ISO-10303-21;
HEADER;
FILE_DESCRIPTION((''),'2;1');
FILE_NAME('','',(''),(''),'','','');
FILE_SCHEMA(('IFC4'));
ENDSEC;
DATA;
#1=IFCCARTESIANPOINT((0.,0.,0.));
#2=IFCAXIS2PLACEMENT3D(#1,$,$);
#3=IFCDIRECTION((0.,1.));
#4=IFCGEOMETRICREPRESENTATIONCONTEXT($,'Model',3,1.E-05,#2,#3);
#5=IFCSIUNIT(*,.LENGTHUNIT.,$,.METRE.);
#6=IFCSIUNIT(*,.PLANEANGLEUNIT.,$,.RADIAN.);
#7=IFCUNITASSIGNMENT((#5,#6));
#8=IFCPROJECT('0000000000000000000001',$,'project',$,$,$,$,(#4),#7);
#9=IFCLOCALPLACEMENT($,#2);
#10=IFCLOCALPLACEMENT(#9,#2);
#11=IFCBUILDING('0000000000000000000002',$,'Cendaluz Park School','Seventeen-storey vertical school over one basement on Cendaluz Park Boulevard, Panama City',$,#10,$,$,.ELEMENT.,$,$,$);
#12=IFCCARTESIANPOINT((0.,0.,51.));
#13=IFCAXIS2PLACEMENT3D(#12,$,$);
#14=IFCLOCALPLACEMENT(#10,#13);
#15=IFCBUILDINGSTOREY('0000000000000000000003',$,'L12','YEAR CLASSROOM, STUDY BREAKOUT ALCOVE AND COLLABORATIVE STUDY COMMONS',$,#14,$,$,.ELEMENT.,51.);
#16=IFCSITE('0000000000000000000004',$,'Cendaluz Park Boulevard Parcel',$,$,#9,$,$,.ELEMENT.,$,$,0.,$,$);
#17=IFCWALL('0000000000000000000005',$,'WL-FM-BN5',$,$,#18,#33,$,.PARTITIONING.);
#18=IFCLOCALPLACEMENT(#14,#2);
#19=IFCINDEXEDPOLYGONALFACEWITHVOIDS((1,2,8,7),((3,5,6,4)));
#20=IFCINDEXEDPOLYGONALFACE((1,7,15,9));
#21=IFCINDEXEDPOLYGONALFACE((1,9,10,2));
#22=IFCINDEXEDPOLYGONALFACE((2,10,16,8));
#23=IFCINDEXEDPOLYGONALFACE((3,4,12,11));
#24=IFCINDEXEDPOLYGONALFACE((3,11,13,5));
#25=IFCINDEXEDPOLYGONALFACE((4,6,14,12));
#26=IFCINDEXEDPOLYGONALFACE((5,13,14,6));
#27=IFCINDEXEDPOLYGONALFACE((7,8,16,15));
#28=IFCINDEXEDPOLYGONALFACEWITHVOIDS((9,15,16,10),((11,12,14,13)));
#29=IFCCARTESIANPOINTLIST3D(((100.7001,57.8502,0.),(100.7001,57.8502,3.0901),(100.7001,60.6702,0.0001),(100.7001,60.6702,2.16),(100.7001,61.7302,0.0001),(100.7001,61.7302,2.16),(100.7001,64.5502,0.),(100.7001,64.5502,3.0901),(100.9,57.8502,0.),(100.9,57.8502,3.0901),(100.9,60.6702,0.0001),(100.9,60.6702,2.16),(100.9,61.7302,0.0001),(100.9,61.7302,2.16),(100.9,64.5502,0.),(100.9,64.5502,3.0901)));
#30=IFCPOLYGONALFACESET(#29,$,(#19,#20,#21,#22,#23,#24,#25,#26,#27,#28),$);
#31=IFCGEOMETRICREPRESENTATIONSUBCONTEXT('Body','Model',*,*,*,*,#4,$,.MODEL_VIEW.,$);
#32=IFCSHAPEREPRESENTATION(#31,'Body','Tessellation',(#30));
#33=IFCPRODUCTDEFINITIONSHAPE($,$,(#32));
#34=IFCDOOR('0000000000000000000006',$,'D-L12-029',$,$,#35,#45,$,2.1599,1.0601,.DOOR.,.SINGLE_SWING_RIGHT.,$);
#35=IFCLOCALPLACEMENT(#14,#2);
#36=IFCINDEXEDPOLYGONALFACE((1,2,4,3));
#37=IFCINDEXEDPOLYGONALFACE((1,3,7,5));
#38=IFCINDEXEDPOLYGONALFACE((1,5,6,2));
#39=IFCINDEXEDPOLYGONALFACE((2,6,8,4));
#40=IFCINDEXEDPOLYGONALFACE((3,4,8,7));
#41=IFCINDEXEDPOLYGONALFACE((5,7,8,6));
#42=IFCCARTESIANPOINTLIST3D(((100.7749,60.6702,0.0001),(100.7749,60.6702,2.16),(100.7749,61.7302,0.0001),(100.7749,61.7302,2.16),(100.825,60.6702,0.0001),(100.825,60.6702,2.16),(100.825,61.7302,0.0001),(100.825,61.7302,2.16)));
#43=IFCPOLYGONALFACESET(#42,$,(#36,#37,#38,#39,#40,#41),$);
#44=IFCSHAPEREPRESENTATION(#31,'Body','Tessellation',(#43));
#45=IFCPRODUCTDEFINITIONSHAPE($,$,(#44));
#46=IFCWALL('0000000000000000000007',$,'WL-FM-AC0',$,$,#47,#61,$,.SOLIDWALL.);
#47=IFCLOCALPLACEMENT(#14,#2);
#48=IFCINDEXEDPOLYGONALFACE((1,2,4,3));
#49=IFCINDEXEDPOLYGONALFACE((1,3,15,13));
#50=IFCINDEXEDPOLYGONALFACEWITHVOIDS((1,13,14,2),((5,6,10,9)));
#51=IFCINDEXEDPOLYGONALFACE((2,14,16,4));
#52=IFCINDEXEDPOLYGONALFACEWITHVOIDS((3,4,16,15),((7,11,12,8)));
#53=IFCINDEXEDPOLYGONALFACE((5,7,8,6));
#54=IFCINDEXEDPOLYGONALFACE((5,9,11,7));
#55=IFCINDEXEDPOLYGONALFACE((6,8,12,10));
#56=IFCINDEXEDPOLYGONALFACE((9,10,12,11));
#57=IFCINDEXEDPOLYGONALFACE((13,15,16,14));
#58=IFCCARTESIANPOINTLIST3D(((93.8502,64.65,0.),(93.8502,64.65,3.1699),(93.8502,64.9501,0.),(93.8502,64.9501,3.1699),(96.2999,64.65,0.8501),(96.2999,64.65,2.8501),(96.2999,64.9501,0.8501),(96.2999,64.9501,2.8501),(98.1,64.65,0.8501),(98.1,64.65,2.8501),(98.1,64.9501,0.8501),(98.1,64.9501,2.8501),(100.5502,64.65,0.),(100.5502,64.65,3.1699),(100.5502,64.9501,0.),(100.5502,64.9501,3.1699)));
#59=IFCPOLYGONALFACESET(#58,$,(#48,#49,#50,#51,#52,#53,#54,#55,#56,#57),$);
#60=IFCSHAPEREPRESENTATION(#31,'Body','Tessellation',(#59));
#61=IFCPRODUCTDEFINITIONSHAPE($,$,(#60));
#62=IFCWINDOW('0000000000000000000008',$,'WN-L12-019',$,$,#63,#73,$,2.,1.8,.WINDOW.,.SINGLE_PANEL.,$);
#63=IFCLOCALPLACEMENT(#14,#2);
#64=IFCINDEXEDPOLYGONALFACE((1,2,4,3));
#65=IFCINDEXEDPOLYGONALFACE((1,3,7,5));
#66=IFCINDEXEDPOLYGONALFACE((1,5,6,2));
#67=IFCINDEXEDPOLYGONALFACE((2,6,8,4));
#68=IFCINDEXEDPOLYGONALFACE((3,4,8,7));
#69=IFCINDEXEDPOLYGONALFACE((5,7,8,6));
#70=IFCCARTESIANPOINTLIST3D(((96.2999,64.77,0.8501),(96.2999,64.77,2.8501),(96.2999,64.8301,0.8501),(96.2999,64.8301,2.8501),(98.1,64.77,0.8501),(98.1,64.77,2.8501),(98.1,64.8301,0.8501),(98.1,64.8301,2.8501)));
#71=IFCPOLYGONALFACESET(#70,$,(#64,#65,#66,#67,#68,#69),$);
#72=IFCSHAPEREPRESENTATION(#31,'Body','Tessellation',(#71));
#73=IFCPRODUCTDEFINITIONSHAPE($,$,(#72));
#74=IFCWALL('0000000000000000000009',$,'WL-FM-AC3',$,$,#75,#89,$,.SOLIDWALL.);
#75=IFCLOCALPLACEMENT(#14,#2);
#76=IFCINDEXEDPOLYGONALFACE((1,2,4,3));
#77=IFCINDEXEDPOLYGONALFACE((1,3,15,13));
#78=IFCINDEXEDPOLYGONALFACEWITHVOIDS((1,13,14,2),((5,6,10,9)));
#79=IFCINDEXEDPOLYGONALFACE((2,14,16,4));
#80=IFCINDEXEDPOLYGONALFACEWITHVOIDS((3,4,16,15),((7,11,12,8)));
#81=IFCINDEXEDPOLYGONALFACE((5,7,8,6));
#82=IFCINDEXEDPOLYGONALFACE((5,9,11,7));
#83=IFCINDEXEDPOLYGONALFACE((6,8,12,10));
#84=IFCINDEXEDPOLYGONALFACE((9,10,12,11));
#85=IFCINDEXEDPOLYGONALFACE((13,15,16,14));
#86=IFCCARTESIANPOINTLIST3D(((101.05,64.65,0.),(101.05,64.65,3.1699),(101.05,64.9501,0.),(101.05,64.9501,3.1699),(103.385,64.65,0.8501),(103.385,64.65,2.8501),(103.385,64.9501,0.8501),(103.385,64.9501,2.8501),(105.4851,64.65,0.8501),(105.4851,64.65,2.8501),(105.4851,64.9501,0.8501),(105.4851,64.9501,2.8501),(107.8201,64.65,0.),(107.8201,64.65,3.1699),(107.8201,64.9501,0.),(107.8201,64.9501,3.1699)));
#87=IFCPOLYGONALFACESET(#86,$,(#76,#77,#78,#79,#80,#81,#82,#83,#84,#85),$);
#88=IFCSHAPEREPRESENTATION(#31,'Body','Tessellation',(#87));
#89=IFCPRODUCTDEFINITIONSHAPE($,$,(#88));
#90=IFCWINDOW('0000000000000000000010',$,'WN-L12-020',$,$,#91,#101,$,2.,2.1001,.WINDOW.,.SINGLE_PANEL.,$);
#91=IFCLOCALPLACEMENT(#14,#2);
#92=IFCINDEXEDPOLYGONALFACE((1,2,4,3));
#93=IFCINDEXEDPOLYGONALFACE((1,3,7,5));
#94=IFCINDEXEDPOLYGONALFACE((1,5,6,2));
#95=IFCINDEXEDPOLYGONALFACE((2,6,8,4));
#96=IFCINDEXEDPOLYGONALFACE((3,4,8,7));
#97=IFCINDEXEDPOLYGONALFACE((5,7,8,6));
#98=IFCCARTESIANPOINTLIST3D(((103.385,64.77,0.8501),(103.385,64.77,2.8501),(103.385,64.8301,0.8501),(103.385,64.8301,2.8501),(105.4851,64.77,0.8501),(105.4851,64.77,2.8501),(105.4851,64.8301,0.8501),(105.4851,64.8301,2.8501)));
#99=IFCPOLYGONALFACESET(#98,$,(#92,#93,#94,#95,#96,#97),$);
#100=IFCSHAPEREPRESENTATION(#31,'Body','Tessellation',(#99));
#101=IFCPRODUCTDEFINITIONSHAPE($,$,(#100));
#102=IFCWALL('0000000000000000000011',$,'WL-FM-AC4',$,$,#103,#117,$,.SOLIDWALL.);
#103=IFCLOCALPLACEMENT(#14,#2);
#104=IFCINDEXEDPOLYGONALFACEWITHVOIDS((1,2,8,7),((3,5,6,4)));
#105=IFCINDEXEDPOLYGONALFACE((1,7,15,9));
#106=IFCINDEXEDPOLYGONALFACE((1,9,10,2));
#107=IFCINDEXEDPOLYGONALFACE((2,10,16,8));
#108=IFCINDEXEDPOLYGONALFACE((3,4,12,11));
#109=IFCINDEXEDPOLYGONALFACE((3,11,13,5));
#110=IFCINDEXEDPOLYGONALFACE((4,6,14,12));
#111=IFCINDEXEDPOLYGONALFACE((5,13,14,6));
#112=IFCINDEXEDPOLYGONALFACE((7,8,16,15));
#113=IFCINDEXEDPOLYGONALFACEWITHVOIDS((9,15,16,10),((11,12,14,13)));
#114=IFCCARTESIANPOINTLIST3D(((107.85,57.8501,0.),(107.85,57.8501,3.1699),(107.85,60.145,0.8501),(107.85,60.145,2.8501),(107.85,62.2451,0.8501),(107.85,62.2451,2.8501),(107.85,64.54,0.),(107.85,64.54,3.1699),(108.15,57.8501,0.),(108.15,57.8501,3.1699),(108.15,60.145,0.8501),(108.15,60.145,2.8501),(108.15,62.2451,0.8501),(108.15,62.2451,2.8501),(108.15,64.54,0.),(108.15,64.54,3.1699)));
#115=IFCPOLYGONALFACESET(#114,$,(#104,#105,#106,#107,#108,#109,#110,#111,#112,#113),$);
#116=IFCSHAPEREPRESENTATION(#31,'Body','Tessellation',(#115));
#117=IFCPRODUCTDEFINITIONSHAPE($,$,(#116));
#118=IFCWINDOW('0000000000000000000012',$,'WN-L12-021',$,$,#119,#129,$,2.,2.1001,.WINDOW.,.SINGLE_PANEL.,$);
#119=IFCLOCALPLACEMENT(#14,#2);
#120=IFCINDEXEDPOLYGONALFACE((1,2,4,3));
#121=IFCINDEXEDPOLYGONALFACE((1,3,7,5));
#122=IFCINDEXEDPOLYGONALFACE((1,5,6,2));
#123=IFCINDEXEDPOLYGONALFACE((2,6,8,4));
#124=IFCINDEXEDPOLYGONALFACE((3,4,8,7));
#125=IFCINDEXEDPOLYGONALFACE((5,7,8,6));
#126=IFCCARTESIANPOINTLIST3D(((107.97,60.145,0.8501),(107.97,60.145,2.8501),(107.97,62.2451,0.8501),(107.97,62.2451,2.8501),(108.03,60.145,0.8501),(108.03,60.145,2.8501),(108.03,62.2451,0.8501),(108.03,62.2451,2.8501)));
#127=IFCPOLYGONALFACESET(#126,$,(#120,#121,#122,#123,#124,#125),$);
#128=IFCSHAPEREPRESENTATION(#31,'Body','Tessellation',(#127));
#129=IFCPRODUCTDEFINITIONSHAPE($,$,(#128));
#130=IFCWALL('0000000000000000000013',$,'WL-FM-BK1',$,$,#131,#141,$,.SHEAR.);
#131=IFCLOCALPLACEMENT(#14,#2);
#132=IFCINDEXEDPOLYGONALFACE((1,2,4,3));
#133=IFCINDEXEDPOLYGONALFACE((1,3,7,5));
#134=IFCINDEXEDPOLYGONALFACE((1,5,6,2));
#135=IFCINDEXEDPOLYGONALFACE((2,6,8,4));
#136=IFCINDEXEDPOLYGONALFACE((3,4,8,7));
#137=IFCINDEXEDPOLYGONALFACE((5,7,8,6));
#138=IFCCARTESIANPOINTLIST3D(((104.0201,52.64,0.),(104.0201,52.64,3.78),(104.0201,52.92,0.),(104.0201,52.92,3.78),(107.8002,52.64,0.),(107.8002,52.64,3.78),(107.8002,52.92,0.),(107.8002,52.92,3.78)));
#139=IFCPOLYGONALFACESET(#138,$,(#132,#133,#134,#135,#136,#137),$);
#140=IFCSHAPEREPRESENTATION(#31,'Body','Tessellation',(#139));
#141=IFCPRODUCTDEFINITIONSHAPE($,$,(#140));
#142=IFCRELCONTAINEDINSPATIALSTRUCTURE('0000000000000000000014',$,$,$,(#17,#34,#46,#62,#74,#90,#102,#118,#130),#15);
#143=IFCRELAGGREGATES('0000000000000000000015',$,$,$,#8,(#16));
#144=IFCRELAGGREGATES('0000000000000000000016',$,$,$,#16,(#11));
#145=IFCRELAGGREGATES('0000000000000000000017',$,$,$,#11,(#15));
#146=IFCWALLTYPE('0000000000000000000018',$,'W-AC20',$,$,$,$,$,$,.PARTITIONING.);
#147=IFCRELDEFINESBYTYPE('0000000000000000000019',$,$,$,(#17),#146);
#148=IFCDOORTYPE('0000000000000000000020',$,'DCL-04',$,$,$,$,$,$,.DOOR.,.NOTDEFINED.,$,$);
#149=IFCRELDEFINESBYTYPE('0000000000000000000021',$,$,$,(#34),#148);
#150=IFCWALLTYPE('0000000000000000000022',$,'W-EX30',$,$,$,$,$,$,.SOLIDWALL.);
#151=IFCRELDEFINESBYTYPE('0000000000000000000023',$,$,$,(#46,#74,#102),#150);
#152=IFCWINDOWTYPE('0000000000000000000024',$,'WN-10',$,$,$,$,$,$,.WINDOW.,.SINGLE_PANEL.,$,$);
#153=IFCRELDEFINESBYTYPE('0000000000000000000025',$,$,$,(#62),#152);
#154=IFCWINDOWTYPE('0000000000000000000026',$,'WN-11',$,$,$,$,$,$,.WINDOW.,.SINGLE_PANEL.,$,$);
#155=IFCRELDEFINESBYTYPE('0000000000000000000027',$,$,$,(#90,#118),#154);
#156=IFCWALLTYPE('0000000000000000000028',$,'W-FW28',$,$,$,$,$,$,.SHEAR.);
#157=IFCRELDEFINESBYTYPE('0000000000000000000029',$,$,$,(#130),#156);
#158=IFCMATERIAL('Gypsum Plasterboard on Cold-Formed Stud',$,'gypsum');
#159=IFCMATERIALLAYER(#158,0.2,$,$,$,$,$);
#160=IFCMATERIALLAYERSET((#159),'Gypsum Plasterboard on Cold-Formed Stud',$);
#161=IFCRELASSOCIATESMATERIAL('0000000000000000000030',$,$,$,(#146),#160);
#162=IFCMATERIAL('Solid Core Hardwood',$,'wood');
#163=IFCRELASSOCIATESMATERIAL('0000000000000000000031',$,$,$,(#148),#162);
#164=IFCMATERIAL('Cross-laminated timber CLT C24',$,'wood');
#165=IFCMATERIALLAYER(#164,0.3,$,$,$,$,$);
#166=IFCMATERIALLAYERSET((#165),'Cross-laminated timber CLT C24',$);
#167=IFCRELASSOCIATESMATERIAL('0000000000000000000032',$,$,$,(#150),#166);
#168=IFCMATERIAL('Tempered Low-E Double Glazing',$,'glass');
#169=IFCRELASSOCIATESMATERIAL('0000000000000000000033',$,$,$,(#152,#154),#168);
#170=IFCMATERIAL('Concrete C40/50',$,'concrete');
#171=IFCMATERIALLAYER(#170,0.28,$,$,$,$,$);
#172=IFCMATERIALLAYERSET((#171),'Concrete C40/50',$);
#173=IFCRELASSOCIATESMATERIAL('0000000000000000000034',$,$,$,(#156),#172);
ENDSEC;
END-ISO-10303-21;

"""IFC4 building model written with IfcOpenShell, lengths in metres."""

from ifc_helpers import new_model, si_unit, direction, frame, frame_2d, origin, place, context, subcontext, project, spatial, rectangle, extrude, material, layer, layer_set, type_object, element, fill, save


model = new_model("IFC4")

# Units and contexts
model_context = context("Model", 3, precision=1e-05, world=origin(), true_north=direction((0.0, 1.0)))
body_context = subcontext(model_context, "Body", "Model", "MODEL_VIEW")
ifc_project = project(units=[si_unit("LENGTHUNIT", "METRE"), si_unit("PLANEANGLEUNIT", "RADIAN")], contexts=[model_context])

# Site, building, storey
site_placement = place(None, origin())
site = spatial("IfcSite", under=ifc_project, at=site_placement, Name="Cendaluz Park Boulevard Parcel", CompositionType="ELEMENT", RefElevation=0.0)
building_placement = place(site_placement, origin())
building = spatial("IfcBuilding", under=site, at=building_placement, Name="Cendaluz Park School", Description="Seventeen-storey vertical school over one basement on Cendaluz Park Boulevard, Panama City", CompositionType="ELEMENT")
storey_placement = place(building_placement, frame((0.0, 0.0, 51.0)))
storey = spatial("IfcBuildingStorey", under=building, at=storey_placement, Name="L12", Description="YEAR CLASSROOM, STUDY BREAKOUT ALCOVE AND COLLABORATIVE STUDY COMMONS", CompositionType="ELEMENT", Elevation=51.0)

# Wall, opening, door
ifc_material_1 = material(Name="Gypsum Plasterboard on Cold-Formed Stud", Category="gypsum")
ifc_layer_1 = layer(ifc_material_1, 0.2)
ifc_layer_set_1 = layer_set([ifc_layer_1], Name="Gypsum Plasterboard on Cold-Formed Stud")
wall_type_1 = type_object("IfcWallType", Name="W-AC20", PredefinedType="PARTITIONING", material=ifc_layer_set_1)
wall_1_placement = place(storey_placement, frame((100.8, 57.8501, 0.0), z_axis=(0.0, 0.0, 1.0), x_axis=(0.0, 1.0, 0.0)))
wall_1 = element("IfcWall", 1, at=wall_1_placement, inside=storey, type_object=wall_type_1, Name="WL-FM-BN5", PredefinedType="PARTITIONING", context=body_context, shape_type="SweptSolid", body=[
    extrude(rectangle(XDim=6.7, YDim=0.2, at=frame_2d((3.3501, 0.0))), origin(), (0.0, 0.0, 1.0), 3.0901),
])
opening_1_placement = place(wall_1_placement, frame((2.8201, 0.0, 0.0)))
opening_1 = element("IfcOpeningElement", 2, at=opening_1_placement, cuts=wall_1, PredefinedType="OPENING", context=body_context, shape_type="SweptSolid", body=[
    extrude(rectangle(XDim=1.0601, YDim=2.1599, at=frame_2d((0.53, 1.0801))), frame((0.0, 0.1121, 0.0), z_axis=(0.0, -1.0, 0.0), x_axis=(1.0, 0.0, 0.0)), (0.0, 0.0, 1.0), 0.2239),
])
ifc_material_2 = material(Name="Solid Core Hardwood", Category="wood")
door_type_1 = type_object("IfcDoorType", Name="DCL-04", OperationType="NOTDEFINED", PredefinedType="DOOR", material=ifc_material_2)
door_1_placement = place(opening_1_placement, frame((1.0601, 0.0, 0.0), z_axis=(0.0, 0.0, 1.0), x_axis=(-1.0, 0.0, 0.0)))
door_1 = element("IfcDoor", 3, at=door_1_placement, inside=storey, type_object=door_type_1, Name="D-L12-029", OperationType="SINGLE_SWING_RIGHT", OverallHeight=2.1599, OverallWidth=1.0601, PredefinedType="DOOR", context=body_context, shape_type="SweptSolid", body=[
    extrude(rectangle(XDim=1.0601, YDim=2.1599, at=frame_2d((0.53, 1.0801))), frame((0.0, 0.0249, 0.0), z_axis=(0.0, -1.0, 0.0), x_axis=(1.0, 0.0, 0.0)), (0.0, 0.0, 1.0), 0.05),
])
fill(opening_1, door_1)

# Walls, openings, windows
ifc_material_3 = material(Name="Cross-laminated timber CLT C24", Category="wood")
ifc_layer_2 = layer(ifc_material_3, 0.3)
ifc_layer_set_2 = layer_set([ifc_layer_2], Name="Cross-laminated timber CLT C24")
wall_type_2 = type_object("IfcWallType", Name="W-EX30", PredefinedType="SOLIDWALL", material=ifc_layer_set_2)
wall_2_placement = place(storey_placement, frame((93.8501, 64.8, 0.0), z_axis=(0.0, 0.0, 1.0), x_axis=(1.0, 0.0, 0.0)))
wall_2 = element("IfcWall", 4, at=wall_2_placement, inside=storey, type_object=wall_type_2, Name="WL-FM-AC0", PredefinedType="SOLIDWALL", context=body_context, shape_type="SweptSolid", body=[
    extrude(rectangle(XDim=6.7, YDim=0.3, at=frame_2d((3.3501, 0.0))), origin(), (0.0, 0.0, 1.0), 3.1699),
])
opening_2_placement = place(wall_2_placement, frame((2.45, 0.0, 0.8501)))
opening_2 = element("IfcOpeningElement", 5, at=opening_2_placement, cuts=wall_2, PredefinedType="OPENING", context=body_context, shape_type="SweptSolid", body=[
    extrude(rectangle(XDim=1.8, YDim=2.0, at=frame_2d((0.8999, 1.0))), frame((0.0, 0.1621, 0.0), z_axis=(0.0, -1.0, 0.0), x_axis=(1.0, 0.0, 0.0)), (0.0, 0.0, 1.0), 0.324),
])
ifc_material_4 = material(Name="Tempered Low-E Double Glazing", Category="glass")
window_type_1 = type_object("IfcWindowType", Name="WN-10", PartitioningType="SINGLE_PANEL", PredefinedType="WINDOW", material=ifc_material_4)
window_1_placement = place(opening_2_placement, origin())
window_1 = element("IfcWindow", 6, at=window_1_placement, inside=storey, type_object=window_type_1, Name="WN-L12-019", OverallHeight=2.0, OverallWidth=1.8, PartitioningType="SINGLE_PANEL", PredefinedType="WINDOW", context=body_context, shape_type="SweptSolid", body=[
    extrude(rectangle(XDim=1.8, YDim=2.0, at=frame_2d((0.8999, 1.0))), frame((0.0, 0.03, 0.0), z_axis=(0.0, -1.0, 0.0), x_axis=(1.0, 0.0, 0.0)), (0.0, 0.0, 1.0), 0.0601),
])
fill(opening_2, window_1)
wall_3_placement = place(storey_placement, frame((101.05, 64.8, 0.0), z_axis=(0.0, 0.0, 1.0), x_axis=(1.0, 0.0, 0.0)))
wall_3 = element("IfcWall", 7, at=wall_3_placement, inside=storey, type_object=wall_type_2, Name="WL-FM-AC3", PredefinedType="SOLIDWALL", context=body_context, shape_type="SweptSolid", body=[
    extrude(rectangle(XDim=6.77, YDim=0.3, at=frame_2d((3.385, 0.0))), origin(), (0.0, 0.0, 1.0), 3.1699),
])
opening_3_placement = place(wall_3_placement, frame((2.335, 0.0, 0.8501)))
opening_3 = element("IfcOpeningElement", 8, at=opening_3_placement, cuts=wall_3, PredefinedType="OPENING", context=body_context, shape_type="SweptSolid", body=[
    extrude(rectangle(XDim=2.1001, YDim=2.0, at=frame_2d((1.05, 1.0))), frame((0.0, 0.1621, 0.0), z_axis=(0.0, -1.0, 0.0), x_axis=(1.0, 0.0, 0.0)), (0.0, 0.0, 1.0), 0.324),
])
window_type_2 = type_object("IfcWindowType", Name="WN-11", PartitioningType="SINGLE_PANEL", PredefinedType="WINDOW", material=ifc_material_4)
window_2_placement = place(opening_3_placement, origin())
window_2 = element("IfcWindow", 9, at=window_2_placement, inside=storey, type_object=window_type_2, Name="WN-L12-020", OverallHeight=2.0, OverallWidth=2.1001, PartitioningType="SINGLE_PANEL", PredefinedType="WINDOW", context=body_context, shape_type="SweptSolid", body=[
    extrude(rectangle(XDim=2.1001, YDim=2.0, at=frame_2d((1.05, 1.0))), frame((0.0, 0.03, 0.0), z_axis=(0.0, -1.0, 0.0), x_axis=(1.0, 0.0, 0.0)), (0.0, 0.0, 1.0), 0.0601),
])
fill(opening_3, window_2)
wall_4_placement = place(storey_placement, frame((108.0, 57.8501, 0.0), z_axis=(0.0, 0.0, 1.0), x_axis=(0.0, 1.0, 0.0)))
wall_4 = element("IfcWall", 10, at=wall_4_placement, inside=storey, type_object=wall_type_2, Name="WL-FM-AC4", PredefinedType="SOLIDWALL", context=body_context, shape_type="SweptSolid", body=[
    extrude(rectangle(XDim=6.6899, YDim=0.3, at=frame_2d((3.345, 0.0))), origin(), (0.0, 0.0, 1.0), 3.1699),
])
opening_4_placement = place(wall_4_placement, frame((2.2949, 0.0, 0.8501)))
opening_4 = element("IfcOpeningElement", 11, at=opening_4_placement, cuts=wall_4, PredefinedType="OPENING", context=body_context, shape_type="SweptSolid", body=[
    extrude(rectangle(XDim=2.1001, YDim=2.0, at=frame_2d((1.05, 1.0))), frame((0.0, 0.1621, 0.0), z_axis=(0.0, -1.0, 0.0), x_axis=(1.0, 0.0, 0.0)), (0.0, 0.0, 1.0), 0.324),
])
window_3_placement = place(opening_4_placement, origin())
window_3 = element("IfcWindow", 12, at=window_3_placement, inside=storey, type_object=window_type_2, Name="WN-L12-021", OverallHeight=2.0, OverallWidth=2.1001, PartitioningType="SINGLE_PANEL", PredefinedType="WINDOW", context=body_context, shape_type="SweptSolid", body=[
    extrude(rectangle(XDim=2.1001, YDim=2.0, at=frame_2d((1.05, 1.0))), frame((0.0, 0.03, 0.0), z_axis=(0.0, -1.0, 0.0), x_axis=(1.0, 0.0, 0.0)), (0.0, 0.0, 1.0), 0.0601),
])
fill(opening_4, window_3)

# Wall
ifc_material_5 = material(Name="Concrete C40/50", Category="concrete")
ifc_layer_3 = layer(ifc_material_5, 0.28)
ifc_layer_set_3 = layer_set([ifc_layer_3], Name="Concrete C40/50")
wall_type_3 = type_object("IfcWallType", Name="W-FW28", PredefinedType="SHEAR", material=ifc_layer_set_3)
wall_5_placement = place(storey_placement, frame((104.02, 52.78, 0.0), z_axis=(0.0, 0.0, 1.0), x_axis=(1.0, 0.0, 0.0)))
element("IfcWall", 13, at=wall_5_placement, inside=storey, type_object=wall_type_3, Name="WL-FM-BK1", PredefinedType="SHEAR", context=body_context, shape_type="SweptSolid", body=[
    extrude(rectangle(XDim=3.78, YDim=0.28, at=frame_2d((1.8901, 0.0))), origin(), (0.0, 0.0, 1.0), 3.78),
])

save(model, "model.ifc")
